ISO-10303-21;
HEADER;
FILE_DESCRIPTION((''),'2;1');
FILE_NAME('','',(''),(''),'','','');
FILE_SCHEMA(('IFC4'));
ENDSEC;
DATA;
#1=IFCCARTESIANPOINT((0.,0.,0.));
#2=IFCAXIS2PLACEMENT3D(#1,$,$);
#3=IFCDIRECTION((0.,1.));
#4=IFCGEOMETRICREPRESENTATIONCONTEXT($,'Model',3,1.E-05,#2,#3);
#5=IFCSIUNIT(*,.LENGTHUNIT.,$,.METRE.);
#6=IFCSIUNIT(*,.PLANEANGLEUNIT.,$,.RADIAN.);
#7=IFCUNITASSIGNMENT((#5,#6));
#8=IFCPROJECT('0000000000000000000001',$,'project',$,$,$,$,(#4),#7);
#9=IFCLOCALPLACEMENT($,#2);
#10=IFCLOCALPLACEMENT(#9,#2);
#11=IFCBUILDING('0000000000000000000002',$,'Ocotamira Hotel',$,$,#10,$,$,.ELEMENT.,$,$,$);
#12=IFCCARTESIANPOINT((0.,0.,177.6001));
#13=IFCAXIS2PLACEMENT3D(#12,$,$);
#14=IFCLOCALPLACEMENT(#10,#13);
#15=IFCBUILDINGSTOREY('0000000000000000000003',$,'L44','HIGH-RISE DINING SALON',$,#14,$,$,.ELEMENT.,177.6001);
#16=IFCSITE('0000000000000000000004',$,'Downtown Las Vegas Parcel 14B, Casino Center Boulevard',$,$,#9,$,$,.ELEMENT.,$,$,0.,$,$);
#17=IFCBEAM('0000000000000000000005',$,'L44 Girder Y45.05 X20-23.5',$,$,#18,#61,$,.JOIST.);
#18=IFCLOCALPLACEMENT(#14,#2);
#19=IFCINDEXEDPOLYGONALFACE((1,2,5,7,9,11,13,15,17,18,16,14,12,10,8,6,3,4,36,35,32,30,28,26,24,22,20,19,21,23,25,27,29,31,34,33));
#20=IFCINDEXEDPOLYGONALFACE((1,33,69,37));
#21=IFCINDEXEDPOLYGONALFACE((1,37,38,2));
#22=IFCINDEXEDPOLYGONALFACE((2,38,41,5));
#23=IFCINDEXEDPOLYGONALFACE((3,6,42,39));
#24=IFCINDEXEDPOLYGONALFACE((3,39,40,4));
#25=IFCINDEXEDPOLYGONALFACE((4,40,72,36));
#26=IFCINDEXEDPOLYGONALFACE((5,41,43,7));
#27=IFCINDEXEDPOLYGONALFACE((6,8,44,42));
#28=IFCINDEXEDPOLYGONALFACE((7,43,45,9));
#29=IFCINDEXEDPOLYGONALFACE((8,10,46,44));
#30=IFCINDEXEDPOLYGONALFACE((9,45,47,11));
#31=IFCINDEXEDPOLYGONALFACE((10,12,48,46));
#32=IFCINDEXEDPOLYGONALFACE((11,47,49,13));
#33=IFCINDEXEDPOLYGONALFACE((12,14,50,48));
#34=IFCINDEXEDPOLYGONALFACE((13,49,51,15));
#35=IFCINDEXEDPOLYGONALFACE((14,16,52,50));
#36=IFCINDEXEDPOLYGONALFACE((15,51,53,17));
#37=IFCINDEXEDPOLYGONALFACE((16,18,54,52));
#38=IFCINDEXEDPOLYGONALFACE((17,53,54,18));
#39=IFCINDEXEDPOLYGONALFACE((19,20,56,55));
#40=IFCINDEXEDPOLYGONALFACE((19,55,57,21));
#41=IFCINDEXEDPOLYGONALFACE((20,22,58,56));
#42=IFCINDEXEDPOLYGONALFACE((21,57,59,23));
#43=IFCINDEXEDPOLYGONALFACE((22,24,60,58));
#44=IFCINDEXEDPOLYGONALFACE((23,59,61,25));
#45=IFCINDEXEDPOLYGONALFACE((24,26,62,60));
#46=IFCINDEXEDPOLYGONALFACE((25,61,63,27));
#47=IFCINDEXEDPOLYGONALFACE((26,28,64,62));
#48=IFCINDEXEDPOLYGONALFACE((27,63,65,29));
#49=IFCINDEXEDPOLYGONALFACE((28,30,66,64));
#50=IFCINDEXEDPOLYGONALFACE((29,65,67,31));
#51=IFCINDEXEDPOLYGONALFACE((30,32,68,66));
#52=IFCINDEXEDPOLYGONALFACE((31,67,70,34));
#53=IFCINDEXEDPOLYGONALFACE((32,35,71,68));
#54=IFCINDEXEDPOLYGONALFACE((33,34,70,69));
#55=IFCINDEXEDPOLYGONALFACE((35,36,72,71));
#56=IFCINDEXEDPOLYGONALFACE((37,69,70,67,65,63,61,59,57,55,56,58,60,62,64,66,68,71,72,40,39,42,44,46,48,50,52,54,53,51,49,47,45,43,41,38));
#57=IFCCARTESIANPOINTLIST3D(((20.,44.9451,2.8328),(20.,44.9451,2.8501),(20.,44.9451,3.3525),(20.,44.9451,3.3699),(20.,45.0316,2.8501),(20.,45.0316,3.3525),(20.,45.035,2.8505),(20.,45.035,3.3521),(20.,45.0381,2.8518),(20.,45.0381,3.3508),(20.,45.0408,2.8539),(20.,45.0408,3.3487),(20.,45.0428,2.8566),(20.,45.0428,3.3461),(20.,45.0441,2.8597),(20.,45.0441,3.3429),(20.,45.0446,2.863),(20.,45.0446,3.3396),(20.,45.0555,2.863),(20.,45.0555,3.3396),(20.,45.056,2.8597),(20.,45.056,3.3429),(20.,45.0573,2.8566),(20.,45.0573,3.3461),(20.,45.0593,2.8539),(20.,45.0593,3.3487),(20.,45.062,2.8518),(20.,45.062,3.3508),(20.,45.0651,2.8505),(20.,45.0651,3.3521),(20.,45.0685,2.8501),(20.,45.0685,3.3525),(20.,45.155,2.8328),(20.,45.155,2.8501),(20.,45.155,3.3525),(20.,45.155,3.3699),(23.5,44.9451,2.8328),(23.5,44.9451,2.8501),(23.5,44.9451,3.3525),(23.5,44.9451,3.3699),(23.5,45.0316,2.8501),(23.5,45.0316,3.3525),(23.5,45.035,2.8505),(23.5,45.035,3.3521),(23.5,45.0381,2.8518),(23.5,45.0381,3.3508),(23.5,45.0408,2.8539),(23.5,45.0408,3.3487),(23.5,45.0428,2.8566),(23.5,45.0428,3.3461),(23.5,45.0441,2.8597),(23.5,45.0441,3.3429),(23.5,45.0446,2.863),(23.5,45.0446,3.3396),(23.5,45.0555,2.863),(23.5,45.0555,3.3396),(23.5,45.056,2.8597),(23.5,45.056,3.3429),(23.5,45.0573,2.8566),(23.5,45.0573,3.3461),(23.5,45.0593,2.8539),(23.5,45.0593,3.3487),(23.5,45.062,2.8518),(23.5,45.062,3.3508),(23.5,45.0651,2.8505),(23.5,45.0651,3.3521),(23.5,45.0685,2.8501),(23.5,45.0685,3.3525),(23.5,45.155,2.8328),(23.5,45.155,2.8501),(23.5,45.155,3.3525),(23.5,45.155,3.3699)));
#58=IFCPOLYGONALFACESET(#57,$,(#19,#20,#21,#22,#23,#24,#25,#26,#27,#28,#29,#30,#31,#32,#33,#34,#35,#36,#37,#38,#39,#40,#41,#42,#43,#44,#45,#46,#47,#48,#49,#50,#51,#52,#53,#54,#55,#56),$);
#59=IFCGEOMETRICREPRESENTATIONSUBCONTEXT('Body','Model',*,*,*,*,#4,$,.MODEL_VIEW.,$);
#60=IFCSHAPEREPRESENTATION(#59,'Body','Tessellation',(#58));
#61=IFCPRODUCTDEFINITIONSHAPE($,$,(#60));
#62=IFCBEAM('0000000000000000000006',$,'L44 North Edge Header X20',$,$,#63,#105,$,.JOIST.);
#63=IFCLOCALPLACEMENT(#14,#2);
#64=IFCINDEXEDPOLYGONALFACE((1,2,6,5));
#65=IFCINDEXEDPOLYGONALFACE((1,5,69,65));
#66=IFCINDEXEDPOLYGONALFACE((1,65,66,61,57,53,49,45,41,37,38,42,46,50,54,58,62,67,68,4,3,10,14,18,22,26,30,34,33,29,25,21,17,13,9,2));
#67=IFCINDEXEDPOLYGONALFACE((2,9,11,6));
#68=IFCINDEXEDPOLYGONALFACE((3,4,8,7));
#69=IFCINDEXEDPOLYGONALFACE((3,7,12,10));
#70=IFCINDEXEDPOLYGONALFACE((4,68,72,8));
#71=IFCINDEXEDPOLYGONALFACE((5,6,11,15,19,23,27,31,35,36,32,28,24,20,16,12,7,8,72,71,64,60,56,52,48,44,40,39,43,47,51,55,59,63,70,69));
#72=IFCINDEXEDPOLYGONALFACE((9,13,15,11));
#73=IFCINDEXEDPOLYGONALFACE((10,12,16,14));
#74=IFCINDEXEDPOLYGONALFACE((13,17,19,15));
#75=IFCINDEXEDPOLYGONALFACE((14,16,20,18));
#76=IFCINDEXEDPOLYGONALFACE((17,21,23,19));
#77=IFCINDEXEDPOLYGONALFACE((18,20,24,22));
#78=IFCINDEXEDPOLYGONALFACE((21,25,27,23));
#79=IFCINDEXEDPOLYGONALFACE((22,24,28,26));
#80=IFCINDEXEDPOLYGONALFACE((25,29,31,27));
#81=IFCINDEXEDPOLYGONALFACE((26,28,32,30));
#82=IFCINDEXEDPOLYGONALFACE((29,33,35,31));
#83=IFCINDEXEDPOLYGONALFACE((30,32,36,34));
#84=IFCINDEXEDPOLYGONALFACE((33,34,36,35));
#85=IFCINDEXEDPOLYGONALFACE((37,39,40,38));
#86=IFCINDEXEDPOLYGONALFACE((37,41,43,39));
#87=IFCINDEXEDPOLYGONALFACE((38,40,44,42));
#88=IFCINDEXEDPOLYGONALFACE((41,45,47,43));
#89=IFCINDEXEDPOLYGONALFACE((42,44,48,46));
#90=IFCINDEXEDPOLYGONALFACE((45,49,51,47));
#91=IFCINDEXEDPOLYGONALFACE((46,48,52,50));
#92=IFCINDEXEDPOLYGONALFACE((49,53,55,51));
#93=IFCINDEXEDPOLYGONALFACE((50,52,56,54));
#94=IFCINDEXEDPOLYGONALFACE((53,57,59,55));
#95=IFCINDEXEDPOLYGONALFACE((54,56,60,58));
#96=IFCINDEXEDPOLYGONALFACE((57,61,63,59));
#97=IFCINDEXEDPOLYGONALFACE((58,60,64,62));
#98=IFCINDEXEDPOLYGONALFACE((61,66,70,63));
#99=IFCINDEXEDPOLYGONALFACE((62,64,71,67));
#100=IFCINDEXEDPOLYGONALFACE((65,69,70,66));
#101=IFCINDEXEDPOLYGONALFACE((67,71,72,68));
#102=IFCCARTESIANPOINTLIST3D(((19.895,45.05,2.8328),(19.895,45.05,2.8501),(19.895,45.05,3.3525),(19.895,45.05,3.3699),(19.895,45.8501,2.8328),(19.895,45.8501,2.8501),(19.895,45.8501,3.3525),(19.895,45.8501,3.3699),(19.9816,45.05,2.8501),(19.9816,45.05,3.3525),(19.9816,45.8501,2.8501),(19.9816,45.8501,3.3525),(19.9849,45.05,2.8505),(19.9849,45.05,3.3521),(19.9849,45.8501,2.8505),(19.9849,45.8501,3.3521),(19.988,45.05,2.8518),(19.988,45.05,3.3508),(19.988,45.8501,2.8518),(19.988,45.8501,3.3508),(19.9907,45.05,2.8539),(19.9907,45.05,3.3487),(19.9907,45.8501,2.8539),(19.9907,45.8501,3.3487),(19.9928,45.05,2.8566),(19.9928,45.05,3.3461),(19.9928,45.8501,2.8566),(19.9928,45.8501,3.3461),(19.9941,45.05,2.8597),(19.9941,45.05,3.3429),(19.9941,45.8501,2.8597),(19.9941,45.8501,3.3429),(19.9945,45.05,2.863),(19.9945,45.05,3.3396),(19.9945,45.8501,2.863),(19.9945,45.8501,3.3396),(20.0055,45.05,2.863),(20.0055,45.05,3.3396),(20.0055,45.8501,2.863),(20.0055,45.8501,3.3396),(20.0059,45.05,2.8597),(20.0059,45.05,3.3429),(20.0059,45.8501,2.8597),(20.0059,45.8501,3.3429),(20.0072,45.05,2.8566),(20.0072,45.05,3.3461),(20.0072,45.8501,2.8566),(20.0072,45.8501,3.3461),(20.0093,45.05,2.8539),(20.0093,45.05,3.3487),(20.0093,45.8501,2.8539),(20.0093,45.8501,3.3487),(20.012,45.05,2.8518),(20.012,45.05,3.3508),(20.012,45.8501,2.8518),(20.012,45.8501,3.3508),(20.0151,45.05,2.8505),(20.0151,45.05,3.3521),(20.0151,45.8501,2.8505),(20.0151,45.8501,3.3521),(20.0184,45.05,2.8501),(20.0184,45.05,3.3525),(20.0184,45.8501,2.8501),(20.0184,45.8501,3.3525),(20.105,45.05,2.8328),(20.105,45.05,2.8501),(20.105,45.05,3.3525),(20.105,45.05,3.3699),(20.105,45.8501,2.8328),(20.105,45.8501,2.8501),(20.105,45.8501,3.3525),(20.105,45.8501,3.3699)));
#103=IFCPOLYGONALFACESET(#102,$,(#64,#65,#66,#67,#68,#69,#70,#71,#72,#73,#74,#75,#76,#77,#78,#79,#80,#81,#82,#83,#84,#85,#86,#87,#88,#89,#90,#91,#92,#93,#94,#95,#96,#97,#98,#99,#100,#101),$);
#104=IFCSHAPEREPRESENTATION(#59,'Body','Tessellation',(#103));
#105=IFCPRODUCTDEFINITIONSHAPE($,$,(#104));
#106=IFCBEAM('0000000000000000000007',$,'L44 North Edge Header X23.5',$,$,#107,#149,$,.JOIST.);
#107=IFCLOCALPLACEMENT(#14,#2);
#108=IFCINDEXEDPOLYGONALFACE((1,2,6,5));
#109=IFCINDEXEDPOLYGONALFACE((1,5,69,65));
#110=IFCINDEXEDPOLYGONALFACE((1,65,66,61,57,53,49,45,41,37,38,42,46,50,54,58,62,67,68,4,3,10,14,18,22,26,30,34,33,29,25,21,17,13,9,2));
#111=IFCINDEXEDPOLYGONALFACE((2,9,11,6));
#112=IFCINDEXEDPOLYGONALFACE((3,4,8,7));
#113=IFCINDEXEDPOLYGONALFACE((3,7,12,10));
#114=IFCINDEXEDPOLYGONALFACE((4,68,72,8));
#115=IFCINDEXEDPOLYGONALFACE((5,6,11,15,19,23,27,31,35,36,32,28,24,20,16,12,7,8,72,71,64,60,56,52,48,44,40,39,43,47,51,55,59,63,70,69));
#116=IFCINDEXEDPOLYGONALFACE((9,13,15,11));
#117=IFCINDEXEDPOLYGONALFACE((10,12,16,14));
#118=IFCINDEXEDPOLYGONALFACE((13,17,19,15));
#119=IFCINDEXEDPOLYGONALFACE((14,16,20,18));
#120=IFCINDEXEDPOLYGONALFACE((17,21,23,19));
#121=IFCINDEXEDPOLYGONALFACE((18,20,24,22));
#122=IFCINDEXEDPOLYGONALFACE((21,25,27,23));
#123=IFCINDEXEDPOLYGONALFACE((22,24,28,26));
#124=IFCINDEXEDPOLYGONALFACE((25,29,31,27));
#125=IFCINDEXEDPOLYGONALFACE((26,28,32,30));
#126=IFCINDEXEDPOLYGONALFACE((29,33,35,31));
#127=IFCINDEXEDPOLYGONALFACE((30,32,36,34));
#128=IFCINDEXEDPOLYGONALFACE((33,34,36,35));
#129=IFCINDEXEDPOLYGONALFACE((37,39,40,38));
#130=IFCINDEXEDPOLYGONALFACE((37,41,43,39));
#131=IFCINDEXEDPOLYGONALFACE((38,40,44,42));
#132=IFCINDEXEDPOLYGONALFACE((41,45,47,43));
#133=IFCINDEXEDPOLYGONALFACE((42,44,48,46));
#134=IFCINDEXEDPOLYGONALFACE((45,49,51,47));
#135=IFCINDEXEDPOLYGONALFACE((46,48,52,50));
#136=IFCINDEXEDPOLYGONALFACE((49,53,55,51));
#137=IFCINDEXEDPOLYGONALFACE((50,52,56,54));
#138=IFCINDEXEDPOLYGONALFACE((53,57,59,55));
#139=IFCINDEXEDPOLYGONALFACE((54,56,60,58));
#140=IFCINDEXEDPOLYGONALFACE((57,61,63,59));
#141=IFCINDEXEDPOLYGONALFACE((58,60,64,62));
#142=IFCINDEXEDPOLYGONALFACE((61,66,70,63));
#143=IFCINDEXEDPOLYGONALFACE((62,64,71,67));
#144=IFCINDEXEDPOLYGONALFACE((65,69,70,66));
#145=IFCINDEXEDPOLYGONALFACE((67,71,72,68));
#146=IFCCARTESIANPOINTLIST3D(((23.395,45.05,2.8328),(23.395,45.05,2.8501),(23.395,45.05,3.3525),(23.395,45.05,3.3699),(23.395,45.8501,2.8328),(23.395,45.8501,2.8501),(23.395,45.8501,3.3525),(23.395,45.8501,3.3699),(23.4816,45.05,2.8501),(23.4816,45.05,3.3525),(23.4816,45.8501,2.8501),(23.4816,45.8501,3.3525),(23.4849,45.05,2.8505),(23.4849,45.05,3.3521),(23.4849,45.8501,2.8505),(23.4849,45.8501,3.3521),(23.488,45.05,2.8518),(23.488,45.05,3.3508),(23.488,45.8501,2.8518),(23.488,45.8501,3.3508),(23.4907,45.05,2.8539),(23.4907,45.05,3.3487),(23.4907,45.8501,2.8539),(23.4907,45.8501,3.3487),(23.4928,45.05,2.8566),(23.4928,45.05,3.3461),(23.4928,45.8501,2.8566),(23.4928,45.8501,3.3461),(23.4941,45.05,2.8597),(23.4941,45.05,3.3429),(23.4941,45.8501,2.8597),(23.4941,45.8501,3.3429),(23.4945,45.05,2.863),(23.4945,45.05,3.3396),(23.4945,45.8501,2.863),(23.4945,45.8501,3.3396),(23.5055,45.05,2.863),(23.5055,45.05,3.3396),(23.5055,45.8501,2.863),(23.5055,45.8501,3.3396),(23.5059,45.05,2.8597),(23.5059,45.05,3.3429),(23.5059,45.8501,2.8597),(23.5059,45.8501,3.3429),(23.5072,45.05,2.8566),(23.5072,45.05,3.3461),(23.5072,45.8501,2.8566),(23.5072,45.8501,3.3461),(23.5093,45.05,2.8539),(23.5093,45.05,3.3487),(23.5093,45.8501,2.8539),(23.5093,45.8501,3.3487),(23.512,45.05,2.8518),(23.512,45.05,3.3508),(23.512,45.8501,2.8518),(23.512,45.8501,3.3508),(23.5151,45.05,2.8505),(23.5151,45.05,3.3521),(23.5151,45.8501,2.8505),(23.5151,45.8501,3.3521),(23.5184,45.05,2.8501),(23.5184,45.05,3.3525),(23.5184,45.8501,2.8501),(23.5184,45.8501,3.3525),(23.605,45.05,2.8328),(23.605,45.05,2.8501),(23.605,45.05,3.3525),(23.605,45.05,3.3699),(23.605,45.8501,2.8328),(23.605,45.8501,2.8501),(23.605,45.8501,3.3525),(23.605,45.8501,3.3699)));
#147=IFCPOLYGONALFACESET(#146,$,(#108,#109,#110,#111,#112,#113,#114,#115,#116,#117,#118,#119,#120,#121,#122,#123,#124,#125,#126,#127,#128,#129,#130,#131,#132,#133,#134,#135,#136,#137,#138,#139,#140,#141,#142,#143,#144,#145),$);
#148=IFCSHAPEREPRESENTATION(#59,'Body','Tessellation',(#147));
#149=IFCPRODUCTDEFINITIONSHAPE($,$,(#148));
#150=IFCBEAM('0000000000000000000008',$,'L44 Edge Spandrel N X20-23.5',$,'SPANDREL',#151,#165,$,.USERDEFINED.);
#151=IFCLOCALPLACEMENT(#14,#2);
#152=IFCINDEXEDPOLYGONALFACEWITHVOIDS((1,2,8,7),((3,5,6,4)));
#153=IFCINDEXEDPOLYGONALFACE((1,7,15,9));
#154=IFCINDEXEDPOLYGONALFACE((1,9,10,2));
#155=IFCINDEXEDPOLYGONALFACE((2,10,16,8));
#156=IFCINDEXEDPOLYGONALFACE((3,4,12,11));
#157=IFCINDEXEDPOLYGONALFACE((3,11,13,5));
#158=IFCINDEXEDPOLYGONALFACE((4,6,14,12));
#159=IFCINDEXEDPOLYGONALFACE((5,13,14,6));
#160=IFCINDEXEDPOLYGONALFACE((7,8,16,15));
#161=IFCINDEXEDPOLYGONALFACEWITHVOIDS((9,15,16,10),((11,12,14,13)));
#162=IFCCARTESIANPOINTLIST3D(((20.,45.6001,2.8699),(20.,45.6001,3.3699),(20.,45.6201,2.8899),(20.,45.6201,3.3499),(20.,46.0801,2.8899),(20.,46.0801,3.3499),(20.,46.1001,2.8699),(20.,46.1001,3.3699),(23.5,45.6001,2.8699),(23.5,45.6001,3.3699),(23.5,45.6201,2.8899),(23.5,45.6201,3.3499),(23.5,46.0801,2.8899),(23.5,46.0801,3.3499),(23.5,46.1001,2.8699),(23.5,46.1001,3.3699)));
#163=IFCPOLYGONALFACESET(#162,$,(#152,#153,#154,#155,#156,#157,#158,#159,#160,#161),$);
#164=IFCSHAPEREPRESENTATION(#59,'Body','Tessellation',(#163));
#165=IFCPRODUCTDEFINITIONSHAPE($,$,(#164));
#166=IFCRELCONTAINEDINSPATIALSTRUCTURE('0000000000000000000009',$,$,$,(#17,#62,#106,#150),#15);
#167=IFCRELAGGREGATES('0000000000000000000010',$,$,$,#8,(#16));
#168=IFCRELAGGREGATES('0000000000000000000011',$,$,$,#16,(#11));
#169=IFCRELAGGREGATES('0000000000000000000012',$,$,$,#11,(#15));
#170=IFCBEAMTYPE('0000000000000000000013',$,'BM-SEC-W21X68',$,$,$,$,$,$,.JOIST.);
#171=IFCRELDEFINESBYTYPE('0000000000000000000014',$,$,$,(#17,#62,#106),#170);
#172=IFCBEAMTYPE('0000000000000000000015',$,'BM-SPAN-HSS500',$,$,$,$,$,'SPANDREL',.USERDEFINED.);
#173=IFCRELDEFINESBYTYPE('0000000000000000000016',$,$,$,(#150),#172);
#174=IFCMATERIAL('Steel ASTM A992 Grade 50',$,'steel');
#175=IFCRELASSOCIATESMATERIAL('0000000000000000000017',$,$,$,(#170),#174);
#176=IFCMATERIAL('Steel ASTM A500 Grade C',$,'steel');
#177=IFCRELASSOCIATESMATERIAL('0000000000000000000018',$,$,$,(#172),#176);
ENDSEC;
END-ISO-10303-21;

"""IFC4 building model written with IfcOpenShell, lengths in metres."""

from ifc_helpers import new_model, si_unit, direction, frame, origin, origin_2d, place, context, subcontext, project, spatial, hollow_rectangle, i_section, extrude, source, transform, mapped, material, material_profile, profile_set, type_object, element, save


model = new_model("IFC4")

# Units and contexts
model_context = context("Model", 3, precision=1e-05, world=origin(), true_north=direction((0.0, 1.0)))
body_context = subcontext(model_context, "Body", "Model", "MODEL_VIEW")
ifc_project = project(units=[si_unit("LENGTHUNIT", "METRE"), si_unit("PLANEANGLEUNIT", "RADIAN")], contexts=[model_context])

# Site, building, storey
site_placement = place(None, origin())
site = spatial("IfcSite", under=ifc_project, at=site_placement, Name="Downtown Las Vegas Parcel 14B, Casino Center Boulevard", CompositionType="ELEMENT", RefElevation=0.0)
building_placement = place(site_placement, origin())
building = spatial("IfcBuilding", under=site, at=building_placement, Name="Ocotamira Hotel", CompositionType="ELEMENT")
storey_placement = place(building_placement, frame((0.0, 0.0, 177.6001)))
storey = spatial("IfcBuildingStorey", under=building, at=storey_placement, Name="L44", Description="HIGH-RISE DINING SALON", CompositionType="ELEMENT", Elevation=177.6001)

# Beams
ifc_material_1 = material(Name="Steel ASTM A992 Grade 50", Category="steel")
ifc_material_profile_1 = material_profile(ifc_material_1, i_section(OverallWidth=0.21, OverallDepth=0.5371, WebThickness=0.011, FlangeThickness=0.0173, FilletRadius=0.0129, at=origin_2d()), Name="W21X68")
ifc_profile_set_1 = profile_set([ifc_material_profile_1], Name="Steel ASTM A992 Grade 50")
beam_type_1 = type_object("IfcBeamType", Name="BM-SEC-W21X68", PredefinedType="JOIST", material=ifc_profile_set_1)
shared_shape_1 = source(origin(), body_context, "Body", "SweptSolid", [
    extrude(i_section(OverallWidth=0.21, OverallDepth=0.5371, WebThickness=0.011, FlangeThickness=0.0173, FilletRadius=0.0129, at=origin_2d()), origin(), (0.0, 0.0, 1.0), 3.5),
])
beam_1_placement = place(storey_placement, frame((20.0, 45.05, 3.1013), z_axis=(1.0, 0.0, 0.0), x_axis=(0.0, 1.0, 0.0)))
element("IfcBeam", 1, at=beam_1_placement, inside=storey, type_object=beam_type_1, Name="L44 Girder Y45.05 X20-23.5", PredefinedType="JOIST", context=body_context, shape_type="MappedRepresentation", body=[
    mapped(shared_shape_1, transform((0.0, 0.0, 0.0), scale=1.0)),
])
shared_shape_2 = source(origin(), body_context, "Body", "SweptSolid", [
    extrude(i_section(OverallWidth=0.21, OverallDepth=0.5371, WebThickness=0.011, FlangeThickness=0.0173, FilletRadius=0.0129, at=origin_2d()), origin(), (0.0, 0.0, 1.0), 0.8),
])
for number, where, z_axis, x_axis, name in (
    (2, (20.0, 45.05, 3.1013), (0.0, 1.0, 0.0), (-1.0, 0.0, 0.0), "L44 North Edge Header X20"),
    (3, (23.5, 45.05, 3.1013), (0.0, 1.0, 0.0), (-1.0, 0.0, 0.0), "L44 North Edge Header X23.5"),
):
    element("IfcBeam", number, at=place(storey_placement, frame(where, z_axis=z_axis, x_axis=x_axis)), inside=storey, type_object=beam_type_1, Name=name, PredefinedType="JOIST", context=body_context, shape_type="MappedRepresentation", body=[
        mapped(shared_shape_2, transform((0.0, 0.0, 0.0), scale=1.0)),
    ])
ifc_material_2 = material(Name="Steel ASTM A500 Grade C", Category="steel")
ifc_material_profile_2 = material_profile(ifc_material_2, hollow_rectangle(XDim=0.5, YDim=0.5, WallThickness=0.02, at=origin_2d()), Name="HSS500X500X20")
ifc_profile_set_2 = profile_set([ifc_material_profile_2], Name="Steel ASTM A500 Grade C")
beam_type_2 = type_object("IfcBeamType", Name="BM-SPAN-HSS500", ElementType="SPANDREL", PredefinedType="USERDEFINED", material=ifc_profile_set_2)
shared_shape_3 = source(origin(), body_context, "Body", "SweptSolid", [
    extrude(hollow_rectangle(XDim=0.5, YDim=0.5, WallThickness=0.02, at=origin_2d()), origin(), (0.0, 0.0, 1.0), 3.5),
])
beam_2_placement = place(storey_placement, frame((20.0, 45.8501, 3.1199), z_axis=(1.0, 0.0, 0.0), x_axis=(0.0, 1.0, 0.0)))
element("IfcBeam", 4, at=beam_2_placement, inside=storey, type_object=beam_type_2, Name="L44 Edge Spandrel N X20-23.5", ObjectType="SPANDREL", PredefinedType="USERDEFINED", context=body_context, shape_type="MappedRepresentation", body=[
    mapped(shared_shape_3, transform((0.0, 0.0, 0.0), scale=1.0)),
])

save(model, "model.ifc")
